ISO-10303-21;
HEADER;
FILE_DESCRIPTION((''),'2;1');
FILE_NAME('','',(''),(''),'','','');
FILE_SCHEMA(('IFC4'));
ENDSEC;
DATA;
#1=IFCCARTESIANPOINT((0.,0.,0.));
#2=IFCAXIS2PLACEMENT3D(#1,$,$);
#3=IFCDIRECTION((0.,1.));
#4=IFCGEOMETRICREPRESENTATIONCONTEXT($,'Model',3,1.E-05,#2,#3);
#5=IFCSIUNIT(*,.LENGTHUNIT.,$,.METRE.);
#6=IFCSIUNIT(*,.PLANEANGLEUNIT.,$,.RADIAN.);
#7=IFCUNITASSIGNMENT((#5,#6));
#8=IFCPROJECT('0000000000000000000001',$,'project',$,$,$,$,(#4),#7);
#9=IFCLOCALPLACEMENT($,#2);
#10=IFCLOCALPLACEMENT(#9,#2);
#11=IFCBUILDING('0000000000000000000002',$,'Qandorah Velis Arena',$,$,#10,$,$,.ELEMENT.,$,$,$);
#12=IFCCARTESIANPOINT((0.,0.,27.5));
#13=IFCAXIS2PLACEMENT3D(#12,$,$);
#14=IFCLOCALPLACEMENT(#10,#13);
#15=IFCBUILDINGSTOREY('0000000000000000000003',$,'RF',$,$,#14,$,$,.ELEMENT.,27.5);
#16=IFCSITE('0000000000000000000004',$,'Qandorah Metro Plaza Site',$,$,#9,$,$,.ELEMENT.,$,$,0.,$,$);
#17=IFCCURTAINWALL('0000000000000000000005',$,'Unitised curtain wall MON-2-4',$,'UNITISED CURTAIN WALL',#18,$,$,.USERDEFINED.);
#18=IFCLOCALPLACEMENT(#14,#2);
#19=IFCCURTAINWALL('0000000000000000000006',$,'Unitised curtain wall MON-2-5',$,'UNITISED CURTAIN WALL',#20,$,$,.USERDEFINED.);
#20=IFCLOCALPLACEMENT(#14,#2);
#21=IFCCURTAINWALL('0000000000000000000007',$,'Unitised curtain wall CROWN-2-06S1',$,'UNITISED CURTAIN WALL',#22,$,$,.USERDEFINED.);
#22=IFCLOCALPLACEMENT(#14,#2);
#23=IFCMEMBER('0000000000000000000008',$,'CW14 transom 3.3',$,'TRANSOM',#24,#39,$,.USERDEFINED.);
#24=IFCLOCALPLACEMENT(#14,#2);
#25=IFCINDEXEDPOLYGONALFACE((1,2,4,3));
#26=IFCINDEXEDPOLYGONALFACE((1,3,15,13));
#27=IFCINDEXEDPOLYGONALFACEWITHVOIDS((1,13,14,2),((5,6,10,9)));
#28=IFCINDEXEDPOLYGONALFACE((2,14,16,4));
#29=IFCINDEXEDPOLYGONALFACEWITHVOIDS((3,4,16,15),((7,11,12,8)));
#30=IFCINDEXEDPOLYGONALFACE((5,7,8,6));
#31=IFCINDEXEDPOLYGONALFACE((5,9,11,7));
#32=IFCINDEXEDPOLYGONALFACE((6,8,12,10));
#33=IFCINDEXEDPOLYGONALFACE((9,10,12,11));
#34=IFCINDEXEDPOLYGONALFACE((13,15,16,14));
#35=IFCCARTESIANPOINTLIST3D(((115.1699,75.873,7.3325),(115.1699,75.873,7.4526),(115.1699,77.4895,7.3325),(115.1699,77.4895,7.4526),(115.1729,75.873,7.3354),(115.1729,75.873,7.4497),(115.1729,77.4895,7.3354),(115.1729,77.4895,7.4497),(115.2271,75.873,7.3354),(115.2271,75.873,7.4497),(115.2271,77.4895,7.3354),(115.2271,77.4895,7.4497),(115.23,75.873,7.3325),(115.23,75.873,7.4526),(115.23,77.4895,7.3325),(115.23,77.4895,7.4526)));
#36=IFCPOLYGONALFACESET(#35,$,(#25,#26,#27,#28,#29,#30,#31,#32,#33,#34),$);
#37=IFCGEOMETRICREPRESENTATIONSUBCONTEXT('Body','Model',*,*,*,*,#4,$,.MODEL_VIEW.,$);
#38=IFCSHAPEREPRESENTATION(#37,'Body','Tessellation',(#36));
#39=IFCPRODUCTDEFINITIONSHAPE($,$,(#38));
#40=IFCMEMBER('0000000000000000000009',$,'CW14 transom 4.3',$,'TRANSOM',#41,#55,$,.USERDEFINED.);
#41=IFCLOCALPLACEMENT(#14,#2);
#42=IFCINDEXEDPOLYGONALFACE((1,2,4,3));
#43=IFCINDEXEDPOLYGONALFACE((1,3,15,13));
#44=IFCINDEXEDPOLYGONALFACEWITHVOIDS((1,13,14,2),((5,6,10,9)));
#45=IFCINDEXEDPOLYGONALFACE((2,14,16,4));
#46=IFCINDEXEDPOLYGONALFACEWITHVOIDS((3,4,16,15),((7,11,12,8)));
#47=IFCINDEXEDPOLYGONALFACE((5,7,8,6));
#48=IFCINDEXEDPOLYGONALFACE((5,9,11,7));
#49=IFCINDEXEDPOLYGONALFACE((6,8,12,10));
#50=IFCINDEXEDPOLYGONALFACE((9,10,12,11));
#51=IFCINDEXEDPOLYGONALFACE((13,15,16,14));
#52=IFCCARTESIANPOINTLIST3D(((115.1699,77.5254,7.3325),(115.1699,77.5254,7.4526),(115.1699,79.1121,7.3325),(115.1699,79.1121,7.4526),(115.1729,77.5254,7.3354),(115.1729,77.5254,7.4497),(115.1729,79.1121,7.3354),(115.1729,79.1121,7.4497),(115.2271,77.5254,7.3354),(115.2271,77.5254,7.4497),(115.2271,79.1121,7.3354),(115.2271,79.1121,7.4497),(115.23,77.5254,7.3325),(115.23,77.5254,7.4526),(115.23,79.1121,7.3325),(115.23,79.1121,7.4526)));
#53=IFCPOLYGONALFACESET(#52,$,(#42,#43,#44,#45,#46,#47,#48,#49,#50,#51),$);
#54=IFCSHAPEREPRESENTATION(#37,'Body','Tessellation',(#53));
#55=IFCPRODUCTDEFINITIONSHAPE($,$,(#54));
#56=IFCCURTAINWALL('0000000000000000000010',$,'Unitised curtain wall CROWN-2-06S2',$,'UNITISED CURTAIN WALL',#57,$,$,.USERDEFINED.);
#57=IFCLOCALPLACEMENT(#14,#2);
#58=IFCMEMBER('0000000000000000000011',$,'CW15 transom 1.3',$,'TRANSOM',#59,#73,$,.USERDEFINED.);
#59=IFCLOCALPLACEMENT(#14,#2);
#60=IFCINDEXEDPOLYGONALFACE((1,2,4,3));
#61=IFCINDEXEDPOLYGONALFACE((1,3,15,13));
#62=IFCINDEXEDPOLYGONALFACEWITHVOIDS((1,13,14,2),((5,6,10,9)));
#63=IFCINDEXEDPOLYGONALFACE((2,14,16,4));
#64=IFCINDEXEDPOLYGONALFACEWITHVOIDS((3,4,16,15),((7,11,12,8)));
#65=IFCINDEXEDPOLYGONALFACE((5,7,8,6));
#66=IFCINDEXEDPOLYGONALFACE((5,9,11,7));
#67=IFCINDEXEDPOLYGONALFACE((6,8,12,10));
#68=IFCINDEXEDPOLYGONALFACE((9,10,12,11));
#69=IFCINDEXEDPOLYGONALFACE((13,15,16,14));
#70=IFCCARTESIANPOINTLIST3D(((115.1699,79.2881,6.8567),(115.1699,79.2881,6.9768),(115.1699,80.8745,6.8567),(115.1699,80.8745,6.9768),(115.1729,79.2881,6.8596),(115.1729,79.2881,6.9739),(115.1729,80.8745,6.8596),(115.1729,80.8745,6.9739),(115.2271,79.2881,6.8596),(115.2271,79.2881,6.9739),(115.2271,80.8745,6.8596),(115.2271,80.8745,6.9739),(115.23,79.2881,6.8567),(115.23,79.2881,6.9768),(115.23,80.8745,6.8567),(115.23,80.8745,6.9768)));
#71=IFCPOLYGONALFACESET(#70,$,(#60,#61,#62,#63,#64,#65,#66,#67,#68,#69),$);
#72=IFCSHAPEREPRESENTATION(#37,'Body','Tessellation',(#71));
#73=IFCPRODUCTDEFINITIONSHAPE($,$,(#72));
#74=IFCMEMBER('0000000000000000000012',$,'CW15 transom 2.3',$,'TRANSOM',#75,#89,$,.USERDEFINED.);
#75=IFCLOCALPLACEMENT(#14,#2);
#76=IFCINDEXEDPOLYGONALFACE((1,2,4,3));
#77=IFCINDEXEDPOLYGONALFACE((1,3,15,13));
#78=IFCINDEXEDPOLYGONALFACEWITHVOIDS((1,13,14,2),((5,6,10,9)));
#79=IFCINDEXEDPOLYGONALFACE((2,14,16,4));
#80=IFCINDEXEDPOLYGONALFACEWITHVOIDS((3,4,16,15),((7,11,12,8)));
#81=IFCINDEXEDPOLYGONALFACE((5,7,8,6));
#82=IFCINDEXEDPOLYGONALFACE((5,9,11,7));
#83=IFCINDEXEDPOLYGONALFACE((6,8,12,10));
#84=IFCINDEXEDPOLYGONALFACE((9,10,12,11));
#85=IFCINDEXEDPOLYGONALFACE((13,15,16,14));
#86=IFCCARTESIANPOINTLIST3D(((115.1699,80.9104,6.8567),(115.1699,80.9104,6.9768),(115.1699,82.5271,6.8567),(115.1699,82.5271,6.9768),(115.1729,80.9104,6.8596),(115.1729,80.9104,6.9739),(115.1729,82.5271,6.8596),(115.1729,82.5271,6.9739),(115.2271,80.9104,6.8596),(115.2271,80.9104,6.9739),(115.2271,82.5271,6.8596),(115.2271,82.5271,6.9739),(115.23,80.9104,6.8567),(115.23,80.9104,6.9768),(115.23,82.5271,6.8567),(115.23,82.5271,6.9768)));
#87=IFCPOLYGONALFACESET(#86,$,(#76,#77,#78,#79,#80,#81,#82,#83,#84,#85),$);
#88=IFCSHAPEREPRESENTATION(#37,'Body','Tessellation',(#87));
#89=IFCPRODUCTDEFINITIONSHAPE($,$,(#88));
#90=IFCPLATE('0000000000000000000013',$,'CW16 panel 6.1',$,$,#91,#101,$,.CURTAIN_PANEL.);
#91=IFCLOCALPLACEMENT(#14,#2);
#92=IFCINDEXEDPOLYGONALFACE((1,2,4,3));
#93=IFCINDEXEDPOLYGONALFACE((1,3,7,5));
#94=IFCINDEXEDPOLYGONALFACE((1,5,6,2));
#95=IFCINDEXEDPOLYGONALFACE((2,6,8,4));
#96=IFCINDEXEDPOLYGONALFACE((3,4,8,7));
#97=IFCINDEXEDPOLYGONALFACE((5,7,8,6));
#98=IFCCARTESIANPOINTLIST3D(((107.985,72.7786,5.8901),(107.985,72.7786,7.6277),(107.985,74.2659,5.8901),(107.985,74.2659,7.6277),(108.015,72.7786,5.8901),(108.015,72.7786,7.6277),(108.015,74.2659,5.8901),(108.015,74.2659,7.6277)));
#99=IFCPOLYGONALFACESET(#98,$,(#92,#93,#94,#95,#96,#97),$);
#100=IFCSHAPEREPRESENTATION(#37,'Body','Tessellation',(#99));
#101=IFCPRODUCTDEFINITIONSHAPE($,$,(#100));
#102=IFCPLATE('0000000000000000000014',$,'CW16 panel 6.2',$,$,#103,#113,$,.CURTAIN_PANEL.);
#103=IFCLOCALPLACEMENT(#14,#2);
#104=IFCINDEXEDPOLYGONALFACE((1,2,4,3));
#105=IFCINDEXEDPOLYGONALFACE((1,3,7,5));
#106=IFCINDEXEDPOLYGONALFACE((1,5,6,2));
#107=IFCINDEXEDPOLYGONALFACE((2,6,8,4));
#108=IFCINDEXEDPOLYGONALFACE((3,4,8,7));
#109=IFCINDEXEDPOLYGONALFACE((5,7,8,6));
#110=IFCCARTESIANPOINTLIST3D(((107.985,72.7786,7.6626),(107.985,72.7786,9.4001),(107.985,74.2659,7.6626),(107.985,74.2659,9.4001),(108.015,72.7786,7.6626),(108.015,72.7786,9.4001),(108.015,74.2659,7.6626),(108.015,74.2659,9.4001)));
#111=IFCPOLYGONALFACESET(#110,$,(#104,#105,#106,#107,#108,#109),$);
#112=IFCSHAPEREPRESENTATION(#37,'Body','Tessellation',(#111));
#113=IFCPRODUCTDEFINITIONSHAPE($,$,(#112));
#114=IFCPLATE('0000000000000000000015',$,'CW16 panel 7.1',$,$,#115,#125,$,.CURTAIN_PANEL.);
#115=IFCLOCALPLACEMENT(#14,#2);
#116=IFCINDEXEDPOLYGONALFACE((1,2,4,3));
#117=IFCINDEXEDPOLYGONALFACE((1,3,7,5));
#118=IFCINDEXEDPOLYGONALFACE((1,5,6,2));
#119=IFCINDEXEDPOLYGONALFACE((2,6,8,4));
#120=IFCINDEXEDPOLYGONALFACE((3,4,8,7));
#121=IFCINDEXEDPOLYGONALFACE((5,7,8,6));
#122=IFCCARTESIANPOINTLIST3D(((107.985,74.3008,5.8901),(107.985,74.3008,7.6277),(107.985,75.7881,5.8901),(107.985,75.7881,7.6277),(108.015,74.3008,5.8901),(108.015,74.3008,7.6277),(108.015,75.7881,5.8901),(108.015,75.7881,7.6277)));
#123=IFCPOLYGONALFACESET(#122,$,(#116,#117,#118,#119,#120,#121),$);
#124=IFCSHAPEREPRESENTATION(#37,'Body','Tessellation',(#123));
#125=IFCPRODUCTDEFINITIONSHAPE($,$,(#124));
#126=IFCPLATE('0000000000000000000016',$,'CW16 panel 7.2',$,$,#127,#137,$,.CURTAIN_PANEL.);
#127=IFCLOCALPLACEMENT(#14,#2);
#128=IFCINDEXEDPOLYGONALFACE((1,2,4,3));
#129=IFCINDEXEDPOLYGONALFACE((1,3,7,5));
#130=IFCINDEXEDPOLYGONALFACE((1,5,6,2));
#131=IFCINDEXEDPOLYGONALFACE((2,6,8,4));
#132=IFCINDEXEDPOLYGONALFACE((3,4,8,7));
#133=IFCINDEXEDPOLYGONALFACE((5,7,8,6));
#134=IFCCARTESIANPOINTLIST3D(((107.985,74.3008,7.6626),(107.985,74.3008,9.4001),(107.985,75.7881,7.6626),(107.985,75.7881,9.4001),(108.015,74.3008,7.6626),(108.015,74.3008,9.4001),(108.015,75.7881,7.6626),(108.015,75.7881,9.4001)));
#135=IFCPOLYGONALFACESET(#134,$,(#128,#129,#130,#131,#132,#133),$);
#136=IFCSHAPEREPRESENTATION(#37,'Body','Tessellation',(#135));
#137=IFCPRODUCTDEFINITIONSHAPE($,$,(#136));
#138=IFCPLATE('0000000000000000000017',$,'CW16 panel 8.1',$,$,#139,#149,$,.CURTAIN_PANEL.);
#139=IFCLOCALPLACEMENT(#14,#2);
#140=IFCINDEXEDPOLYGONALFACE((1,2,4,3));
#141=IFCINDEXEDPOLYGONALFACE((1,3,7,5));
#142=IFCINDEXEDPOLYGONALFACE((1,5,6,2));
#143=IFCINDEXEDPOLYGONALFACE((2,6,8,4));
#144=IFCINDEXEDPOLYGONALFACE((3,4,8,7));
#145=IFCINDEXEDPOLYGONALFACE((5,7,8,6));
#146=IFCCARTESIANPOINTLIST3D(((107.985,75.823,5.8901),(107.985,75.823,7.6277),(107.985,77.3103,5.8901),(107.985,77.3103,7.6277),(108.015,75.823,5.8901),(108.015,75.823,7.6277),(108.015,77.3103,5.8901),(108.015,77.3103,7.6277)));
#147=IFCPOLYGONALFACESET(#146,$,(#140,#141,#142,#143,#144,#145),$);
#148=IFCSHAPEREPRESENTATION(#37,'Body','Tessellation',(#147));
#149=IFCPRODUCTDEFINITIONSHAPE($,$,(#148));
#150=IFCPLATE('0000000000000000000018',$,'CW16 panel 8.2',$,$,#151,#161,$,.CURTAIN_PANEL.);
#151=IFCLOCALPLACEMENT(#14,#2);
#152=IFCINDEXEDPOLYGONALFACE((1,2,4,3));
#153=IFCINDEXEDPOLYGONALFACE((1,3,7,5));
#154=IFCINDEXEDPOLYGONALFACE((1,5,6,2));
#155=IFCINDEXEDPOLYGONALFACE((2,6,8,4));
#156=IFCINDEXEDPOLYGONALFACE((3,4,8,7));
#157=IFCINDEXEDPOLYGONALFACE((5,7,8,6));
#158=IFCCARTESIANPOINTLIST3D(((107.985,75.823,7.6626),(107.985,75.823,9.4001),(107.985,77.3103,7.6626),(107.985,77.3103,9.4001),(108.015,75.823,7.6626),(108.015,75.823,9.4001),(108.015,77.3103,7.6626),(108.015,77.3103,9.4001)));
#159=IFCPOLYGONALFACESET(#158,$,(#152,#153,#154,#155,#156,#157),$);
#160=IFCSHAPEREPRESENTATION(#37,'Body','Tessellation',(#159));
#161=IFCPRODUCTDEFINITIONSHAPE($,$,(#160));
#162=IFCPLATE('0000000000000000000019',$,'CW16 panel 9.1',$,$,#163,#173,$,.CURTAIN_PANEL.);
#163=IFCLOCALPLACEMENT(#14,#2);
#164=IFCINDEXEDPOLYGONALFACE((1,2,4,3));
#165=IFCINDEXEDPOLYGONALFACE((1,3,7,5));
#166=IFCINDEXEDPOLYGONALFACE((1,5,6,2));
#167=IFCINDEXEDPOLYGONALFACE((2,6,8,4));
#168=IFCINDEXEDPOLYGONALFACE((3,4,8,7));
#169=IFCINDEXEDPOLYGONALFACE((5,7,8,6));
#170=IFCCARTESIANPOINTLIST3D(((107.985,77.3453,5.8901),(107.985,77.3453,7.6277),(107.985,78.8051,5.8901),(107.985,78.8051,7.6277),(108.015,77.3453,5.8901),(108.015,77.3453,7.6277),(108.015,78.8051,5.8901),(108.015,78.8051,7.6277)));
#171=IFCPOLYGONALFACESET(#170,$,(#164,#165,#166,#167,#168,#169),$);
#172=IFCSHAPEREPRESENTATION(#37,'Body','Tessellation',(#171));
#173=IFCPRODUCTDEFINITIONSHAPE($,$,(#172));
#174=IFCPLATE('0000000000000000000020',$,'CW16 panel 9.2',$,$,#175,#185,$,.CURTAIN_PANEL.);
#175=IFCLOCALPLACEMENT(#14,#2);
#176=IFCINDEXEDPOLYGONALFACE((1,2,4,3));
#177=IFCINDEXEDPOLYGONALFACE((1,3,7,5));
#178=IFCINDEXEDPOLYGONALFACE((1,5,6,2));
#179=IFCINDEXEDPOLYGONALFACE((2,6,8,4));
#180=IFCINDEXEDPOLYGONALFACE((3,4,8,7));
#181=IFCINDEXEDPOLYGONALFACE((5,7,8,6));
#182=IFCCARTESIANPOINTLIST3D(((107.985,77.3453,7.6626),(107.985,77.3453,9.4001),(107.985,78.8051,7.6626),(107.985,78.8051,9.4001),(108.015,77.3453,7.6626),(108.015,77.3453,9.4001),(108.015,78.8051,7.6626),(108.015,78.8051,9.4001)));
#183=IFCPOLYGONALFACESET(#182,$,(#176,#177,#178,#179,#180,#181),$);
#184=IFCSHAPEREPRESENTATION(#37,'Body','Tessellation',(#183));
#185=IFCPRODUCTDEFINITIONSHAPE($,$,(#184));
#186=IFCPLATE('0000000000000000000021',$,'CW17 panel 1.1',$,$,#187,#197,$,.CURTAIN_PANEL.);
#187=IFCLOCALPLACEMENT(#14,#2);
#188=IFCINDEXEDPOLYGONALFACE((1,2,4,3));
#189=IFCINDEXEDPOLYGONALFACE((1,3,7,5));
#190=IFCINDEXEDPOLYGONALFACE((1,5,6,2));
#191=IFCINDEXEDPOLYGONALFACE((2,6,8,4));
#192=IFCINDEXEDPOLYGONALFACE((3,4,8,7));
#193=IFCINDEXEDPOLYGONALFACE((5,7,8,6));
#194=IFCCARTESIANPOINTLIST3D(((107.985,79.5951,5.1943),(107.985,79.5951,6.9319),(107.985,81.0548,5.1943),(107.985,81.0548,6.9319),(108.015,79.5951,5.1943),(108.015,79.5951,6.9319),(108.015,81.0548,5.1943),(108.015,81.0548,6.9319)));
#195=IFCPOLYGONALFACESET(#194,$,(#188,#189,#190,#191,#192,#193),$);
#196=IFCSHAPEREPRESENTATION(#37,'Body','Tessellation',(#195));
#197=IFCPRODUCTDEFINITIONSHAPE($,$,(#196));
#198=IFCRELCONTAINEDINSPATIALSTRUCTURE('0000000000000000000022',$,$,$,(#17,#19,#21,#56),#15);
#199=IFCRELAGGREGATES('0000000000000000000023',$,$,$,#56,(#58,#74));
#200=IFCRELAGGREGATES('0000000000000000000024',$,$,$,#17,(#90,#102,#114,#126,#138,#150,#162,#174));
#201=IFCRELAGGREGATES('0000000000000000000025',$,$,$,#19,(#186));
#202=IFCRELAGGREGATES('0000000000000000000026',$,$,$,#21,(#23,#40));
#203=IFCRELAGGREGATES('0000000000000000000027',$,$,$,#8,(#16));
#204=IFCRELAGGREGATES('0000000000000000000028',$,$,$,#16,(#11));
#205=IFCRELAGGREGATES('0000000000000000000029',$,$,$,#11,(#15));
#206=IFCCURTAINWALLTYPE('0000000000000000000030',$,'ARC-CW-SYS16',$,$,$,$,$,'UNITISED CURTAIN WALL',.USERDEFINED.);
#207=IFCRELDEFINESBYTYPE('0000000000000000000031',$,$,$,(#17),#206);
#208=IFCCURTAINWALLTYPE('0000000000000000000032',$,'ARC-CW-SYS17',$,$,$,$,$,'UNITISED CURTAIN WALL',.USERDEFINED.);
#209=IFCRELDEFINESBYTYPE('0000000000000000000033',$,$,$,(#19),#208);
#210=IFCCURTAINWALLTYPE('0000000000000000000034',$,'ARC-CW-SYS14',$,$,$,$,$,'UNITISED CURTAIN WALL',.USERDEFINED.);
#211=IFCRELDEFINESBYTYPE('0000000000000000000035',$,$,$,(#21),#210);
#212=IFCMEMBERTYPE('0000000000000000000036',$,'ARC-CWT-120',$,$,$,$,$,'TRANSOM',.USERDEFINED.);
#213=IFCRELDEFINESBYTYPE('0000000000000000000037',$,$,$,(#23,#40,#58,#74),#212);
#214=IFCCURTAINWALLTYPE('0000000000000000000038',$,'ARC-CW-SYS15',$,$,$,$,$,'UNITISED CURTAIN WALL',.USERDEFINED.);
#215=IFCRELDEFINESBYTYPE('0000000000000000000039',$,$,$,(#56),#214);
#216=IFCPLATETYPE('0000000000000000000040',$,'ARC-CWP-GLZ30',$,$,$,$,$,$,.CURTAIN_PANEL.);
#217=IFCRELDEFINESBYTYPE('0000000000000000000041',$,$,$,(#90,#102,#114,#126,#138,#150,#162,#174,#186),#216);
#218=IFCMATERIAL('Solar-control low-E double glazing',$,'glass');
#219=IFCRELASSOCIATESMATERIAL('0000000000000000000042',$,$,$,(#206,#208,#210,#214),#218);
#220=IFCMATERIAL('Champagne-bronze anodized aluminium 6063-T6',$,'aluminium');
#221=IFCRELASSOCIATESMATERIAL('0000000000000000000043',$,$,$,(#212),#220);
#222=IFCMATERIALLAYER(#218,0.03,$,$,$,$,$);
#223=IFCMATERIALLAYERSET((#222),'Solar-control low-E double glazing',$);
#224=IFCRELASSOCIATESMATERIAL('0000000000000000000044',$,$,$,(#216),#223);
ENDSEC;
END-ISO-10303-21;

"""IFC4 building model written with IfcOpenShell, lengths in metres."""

from ifc_helpers import new_model, si_unit, direction, frame, origin, origin_2d, place, context, subcontext, project, spatial, rectangle, hollow_rectangle, extrude, material, layer, layer_set, material_profile, profile_set, type_object, element, aggregate, save


model = new_model("IFC4")

# Units and contexts
model_context = context("Model", 3, precision=1e-05, world=origin(), true_north=direction((0.0, 1.0)))
body_context = subcontext(model_context, "Body", "Model", "MODEL_VIEW")
ifc_project = project(units=[si_unit("LENGTHUNIT", "METRE"), si_unit("PLANEANGLEUNIT", "RADIAN")], contexts=[model_context])

# Site, building, storey
site_placement = place(None, origin())
site = spatial("IfcSite", under=ifc_project, at=site_placement, Name="Qandorah Metro Plaza Site", CompositionType="ELEMENT", RefElevation=0.0)
building_placement = place(site_placement, origin())
building = spatial("IfcBuilding", under=site, at=building_placement, Name="Qandorah Velis Arena", CompositionType="ELEMENT")
storey_placement = place(building_placement, frame((0.0, 0.0, 27.5)))
storey = spatial("IfcBuildingStorey", under=building, at=storey_placement, Name="RF", CompositionType="ELEMENT", Elevation=27.5)

# Curtain walls
ifc_material_1 = material(Name="Solar-control low-E double glazing", Category="glass")
curtain_wall_type_1 = type_object("IfcCurtainWallType", Name="ARC-CW-SYS16", ElementType="UNITISED CURTAIN WALL", PredefinedType="USERDEFINED", material=ifc_material_1)
curtain_wall_1_placement = place(storey_placement, origin())
curtain_wall_1 = element("IfcCurtainWall", 1, at=curtain_wall_1_placement, inside=storey, type_object=curtain_wall_type_1, Name="Unitised curtain wall MON-2-4", ObjectType="UNITISED CURTAIN WALL", PredefinedType="USERDEFINED")
ifc_material_2 = material(Name="Champagne-bronze anodized aluminium 6063-T6", Category="aluminium")
curtain_wall_type_2 = type_object("IfcCurtainWallType", Name="ARC-CW-SYS17", ElementType="UNITISED CURTAIN WALL", PredefinedType="USERDEFINED", material=ifc_material_1)
curtain_wall_2_placement = place(storey_placement, origin())
curtain_wall_2 = element("IfcCurtainWall", 2, at=curtain_wall_2_placement, inside=storey, type_object=curtain_wall_type_2, Name="Unitised curtain wall MON-2-5", ObjectType="UNITISED CURTAIN WALL", PredefinedType="USERDEFINED")

# Curtain walls, members
curtain_wall_type_3 = type_object("IfcCurtainWallType", Name="ARC-CW-SYS14", ElementType="UNITISED CURTAIN WALL", PredefinedType="USERDEFINED", material=ifc_material_1)
curtain_wall_3_placement = place(storey_placement, origin())
curtain_wall_3 = element("IfcCurtainWall", 3, at=curtain_wall_3_placement, inside=storey, type_object=curtain_wall_type_3, Name="Unitised curtain wall CROWN-2-06S1", ObjectType="UNITISED CURTAIN WALL", PredefinedType="USERDEFINED")
ifc_material_profile_1 = material_profile(ifc_material_2, hollow_rectangle(XDim=0.0601, YDim=0.1201, WallThickness=0.0029, at=origin_2d()), Name="ALU TRANSOM 60x120")
ifc_profile_set_1 = profile_set([ifc_material_profile_1], Name="Champagne-bronze anodized aluminium 6063-T6")
member_type_1 = type_object("IfcMemberType", Name="ARC-CWT-120", ElementType="TRANSOM", PredefinedType="USERDEFINED", material=ifc_profile_set_1)
member_1_placement = place(storey_placement, frame((115.2, 75.873, 7.3926), z_axis=(0.0, 1.0, 0.0), x_axis=(-1.0, 0.0, 0.0)))
member_1 = element("IfcMember", 4, at=member_1_placement, type_object=member_type_1, Name="CW14 transom 3.3", ObjectType="TRANSOM", PredefinedType="USERDEFINED", context=body_context, shape_type="SweptSolid", body=[
    extrude(hollow_rectangle(XDim=0.0601, YDim=0.1201, WallThickness=0.0029, at=origin_2d()), origin(), (0.0, 0.0, 1.0), 1.6165),
])
member_2_placement = place(storey_placement, frame((115.2, 77.5254, 7.3926), z_axis=(0.0, 1.0, 0.0), x_axis=(-1.0, 0.0, 0.0)))
member_2 = element("IfcMember", 5, at=member_2_placement, type_object=member_type_1, Name="CW14 transom 4.3", ObjectType="TRANSOM", PredefinedType="USERDEFINED", context=body_context, shape_type="SweptSolid", body=[
    extrude(hollow_rectangle(XDim=0.0601, YDim=0.1201, WallThickness=0.0029, at=origin_2d()), origin(), (0.0, 0.0, 1.0), 1.5867),
])
curtain_wall_type_4 = type_object("IfcCurtainWallType", Name="ARC-CW-SYS15", ElementType="UNITISED CURTAIN WALL", PredefinedType="USERDEFINED", material=ifc_material_1)
curtain_wall_4_placement = place(storey_placement, origin())
curtain_wall_4 = element("IfcCurtainWall", 6, at=curtain_wall_4_placement, inside=storey, type_object=curtain_wall_type_4, Name="Unitised curtain wall CROWN-2-06S2", ObjectType="UNITISED CURTAIN WALL", PredefinedType="USERDEFINED")
member_3_placement = place(storey_placement, frame((115.2, 79.2881, 6.9167), z_axis=(0.0, 1.0, 0.0), x_axis=(-1.0, 0.0, 0.0)))
member_3 = element("IfcMember", 7, at=member_3_placement, type_object=member_type_1, Name="CW15 transom 1.3", ObjectType="TRANSOM", PredefinedType="USERDEFINED", context=body_context, shape_type="SweptSolid", body=[
    extrude(hollow_rectangle(XDim=0.0601, YDim=0.1201, WallThickness=0.0029, at=origin_2d()), origin(), (0.0, 0.0, 1.0), 1.5864),
])
member_4_placement = place(storey_placement, frame((115.2, 80.9104, 6.9167), z_axis=(0.0, 1.0, 0.0), x_axis=(-1.0, 0.0, 0.0)))
member_4 = element("IfcMember", 8, at=member_4_placement, type_object=member_type_1, Name="CW15 transom 2.3", ObjectType="TRANSOM", PredefinedType="USERDEFINED", context=body_context, shape_type="SweptSolid", body=[
    extrude(hollow_rectangle(XDim=0.0601, YDim=0.1201, WallThickness=0.0029, at=origin_2d()), origin(), (0.0, 0.0, 1.0), 1.6167),
])
aggregate(curtain_wall_4, [member_3, member_4])

# Plates
ifc_layer_1 = layer(ifc_material_1, 0.03)
ifc_layer_set_1 = layer_set([ifc_layer_1], Name="Solar-control low-E double glazing")
plate_type_1 = type_object("IfcPlateType", Name="ARC-CWP-GLZ30", PredefinedType="CURTAIN_PANEL", material=ifc_layer_set_1)
plate_1_placement = place(storey_placement, frame((108.0, 73.5222, 5.8901), z_axis=(0.0, 0.0, 1.0), x_axis=(0.0, 1.0, 0.0)))
plate_1 = element("IfcPlate", 9, at=plate_1_placement, type_object=plate_type_1, Name="CW16 panel 6.1", PredefinedType="CURTAIN_PANEL", context=body_context, shape_type="SweptSolid", body=[
    extrude(rectangle(XDim=1.4873, YDim=0.03, at=origin_2d()), origin(), (0.0, 0.0, 1.0), 1.7375),
])
plate_2_placement = place(storey_placement, frame((108.0, 73.5222, 7.6626), z_axis=(0.0, 0.0, 1.0), x_axis=(0.0, 1.0, 0.0)))
plate_2 = element("IfcPlate", 10, at=plate_2_placement, type_object=plate_type_1, Name="CW16 panel 6.2", PredefinedType="CURTAIN_PANEL", context=body_context, shape_type="SweptSolid", body=[
    extrude(rectangle(XDim=1.4873, YDim=0.03, at=origin_2d()), origin(), (0.0, 0.0, 1.0), 1.7375),
])
plate_3_placement = place(storey_placement, frame((108.0, 75.0444, 5.8901), z_axis=(0.0, 0.0, 1.0), x_axis=(0.0, 1.0, 0.0)))
plate_3 = element("IfcPlate", 11, at=plate_3_placement, type_object=plate_type_1, Name="CW16 panel 7.1", PredefinedType="CURTAIN_PANEL", context=body_context, shape_type="SweptSolid", body=[
    extrude(rectangle(XDim=1.4873, YDim=0.03, at=origin_2d()), origin(), (0.0, 0.0, 1.0), 1.7375),
])
plate_4_placement = place(storey_placement, frame((108.0, 75.0444, 7.6626), z_axis=(0.0, 0.0, 1.0), x_axis=(0.0, 1.0, 0.0)))
plate_4 = element("IfcPlate", 12, at=plate_4_placement, type_object=plate_type_1, Name="CW16 panel 7.2", PredefinedType="CURTAIN_PANEL", context=body_context, shape_type="SweptSolid", body=[
    extrude(rectangle(XDim=1.4873, YDim=0.03, at=origin_2d()), origin(), (0.0, 0.0, 1.0), 1.7375),
])
plate_5_placement = place(storey_placement, frame((108.0, 76.5667, 5.8901), z_axis=(0.0, 0.0, 1.0), x_axis=(0.0, 1.0, 0.0)))
plate_5 = element("IfcPlate", 13, at=plate_5_placement, type_object=plate_type_1, Name="CW16 panel 8.1", PredefinedType="CURTAIN_PANEL", context=body_context, shape_type="SweptSolid", body=[
    extrude(rectangle(XDim=1.4873, YDim=0.03, at=origin_2d()), origin(), (0.0, 0.0, 1.0), 1.7375),
])
plate_6_placement = place(storey_placement, frame((108.0, 76.5667, 7.6626), z_axis=(0.0, 0.0, 1.0), x_axis=(0.0, 1.0, 0.0)))
plate_6 = element("IfcPlate", 14, at=plate_6_placement, type_object=plate_type_1, Name="CW16 panel 8.2", PredefinedType="CURTAIN_PANEL", context=body_context, shape_type="SweptSolid", body=[
    extrude(rectangle(XDim=1.4873, YDim=0.03, at=origin_2d()), origin(), (0.0, 0.0, 1.0), 1.7375),
])
plate_7_placement = place(storey_placement, frame((108.0, 78.0752, 5.8901), z_axis=(0.0, 0.0, 1.0), x_axis=(0.0, 1.0, 0.0)))
plate_7 = element("IfcPlate", 15, at=plate_7_placement, type_object=plate_type_1, Name="CW16 panel 9.1", PredefinedType="CURTAIN_PANEL", context=body_context, shape_type="SweptSolid", body=[
    extrude(rectangle(XDim=1.4597, YDim=0.03, at=origin_2d()), origin(), (0.0, 0.0, 1.0), 1.7375),
])
plate_8_placement = place(storey_placement, frame((108.0, 78.0752, 7.6626), z_axis=(0.0, 0.0, 1.0), x_axis=(0.0, 1.0, 0.0)))
plate_8 = element("IfcPlate", 16, at=plate_8_placement, type_object=plate_type_1, Name="CW16 panel 9.2", PredefinedType="CURTAIN_PANEL", context=body_context, shape_type="SweptSolid", body=[
    extrude(rectangle(XDim=1.4597, YDim=0.03, at=origin_2d()), origin(), (0.0, 0.0, 1.0), 1.7375),
])
aggregate(curtain_wall_1, [plate_1, plate_2, plate_3, plate_4, plate_5, plate_6, plate_7, plate_8])
plate_9_placement = place(storey_placement, frame((108.0, 80.325, 5.1943), z_axis=(0.0, 0.0, 1.0), x_axis=(0.0, 1.0, 0.0)))
plate_9 = element("IfcPlate", 17, at=plate_9_placement, type_object=plate_type_1, Name="CW17 panel 1.1", PredefinedType="CURTAIN_PANEL", context=body_context, shape_type="SweptSolid", body=[
    extrude(rectangle(XDim=1.4597, YDim=0.03, at=origin_2d()), origin(), (0.0, 0.0, 1.0), 1.7375),
])
aggregate(curtain_wall_2, [plate_9])
aggregate(curtain_wall_3, [member_1, member_2])

save(model, "model.ifc")
